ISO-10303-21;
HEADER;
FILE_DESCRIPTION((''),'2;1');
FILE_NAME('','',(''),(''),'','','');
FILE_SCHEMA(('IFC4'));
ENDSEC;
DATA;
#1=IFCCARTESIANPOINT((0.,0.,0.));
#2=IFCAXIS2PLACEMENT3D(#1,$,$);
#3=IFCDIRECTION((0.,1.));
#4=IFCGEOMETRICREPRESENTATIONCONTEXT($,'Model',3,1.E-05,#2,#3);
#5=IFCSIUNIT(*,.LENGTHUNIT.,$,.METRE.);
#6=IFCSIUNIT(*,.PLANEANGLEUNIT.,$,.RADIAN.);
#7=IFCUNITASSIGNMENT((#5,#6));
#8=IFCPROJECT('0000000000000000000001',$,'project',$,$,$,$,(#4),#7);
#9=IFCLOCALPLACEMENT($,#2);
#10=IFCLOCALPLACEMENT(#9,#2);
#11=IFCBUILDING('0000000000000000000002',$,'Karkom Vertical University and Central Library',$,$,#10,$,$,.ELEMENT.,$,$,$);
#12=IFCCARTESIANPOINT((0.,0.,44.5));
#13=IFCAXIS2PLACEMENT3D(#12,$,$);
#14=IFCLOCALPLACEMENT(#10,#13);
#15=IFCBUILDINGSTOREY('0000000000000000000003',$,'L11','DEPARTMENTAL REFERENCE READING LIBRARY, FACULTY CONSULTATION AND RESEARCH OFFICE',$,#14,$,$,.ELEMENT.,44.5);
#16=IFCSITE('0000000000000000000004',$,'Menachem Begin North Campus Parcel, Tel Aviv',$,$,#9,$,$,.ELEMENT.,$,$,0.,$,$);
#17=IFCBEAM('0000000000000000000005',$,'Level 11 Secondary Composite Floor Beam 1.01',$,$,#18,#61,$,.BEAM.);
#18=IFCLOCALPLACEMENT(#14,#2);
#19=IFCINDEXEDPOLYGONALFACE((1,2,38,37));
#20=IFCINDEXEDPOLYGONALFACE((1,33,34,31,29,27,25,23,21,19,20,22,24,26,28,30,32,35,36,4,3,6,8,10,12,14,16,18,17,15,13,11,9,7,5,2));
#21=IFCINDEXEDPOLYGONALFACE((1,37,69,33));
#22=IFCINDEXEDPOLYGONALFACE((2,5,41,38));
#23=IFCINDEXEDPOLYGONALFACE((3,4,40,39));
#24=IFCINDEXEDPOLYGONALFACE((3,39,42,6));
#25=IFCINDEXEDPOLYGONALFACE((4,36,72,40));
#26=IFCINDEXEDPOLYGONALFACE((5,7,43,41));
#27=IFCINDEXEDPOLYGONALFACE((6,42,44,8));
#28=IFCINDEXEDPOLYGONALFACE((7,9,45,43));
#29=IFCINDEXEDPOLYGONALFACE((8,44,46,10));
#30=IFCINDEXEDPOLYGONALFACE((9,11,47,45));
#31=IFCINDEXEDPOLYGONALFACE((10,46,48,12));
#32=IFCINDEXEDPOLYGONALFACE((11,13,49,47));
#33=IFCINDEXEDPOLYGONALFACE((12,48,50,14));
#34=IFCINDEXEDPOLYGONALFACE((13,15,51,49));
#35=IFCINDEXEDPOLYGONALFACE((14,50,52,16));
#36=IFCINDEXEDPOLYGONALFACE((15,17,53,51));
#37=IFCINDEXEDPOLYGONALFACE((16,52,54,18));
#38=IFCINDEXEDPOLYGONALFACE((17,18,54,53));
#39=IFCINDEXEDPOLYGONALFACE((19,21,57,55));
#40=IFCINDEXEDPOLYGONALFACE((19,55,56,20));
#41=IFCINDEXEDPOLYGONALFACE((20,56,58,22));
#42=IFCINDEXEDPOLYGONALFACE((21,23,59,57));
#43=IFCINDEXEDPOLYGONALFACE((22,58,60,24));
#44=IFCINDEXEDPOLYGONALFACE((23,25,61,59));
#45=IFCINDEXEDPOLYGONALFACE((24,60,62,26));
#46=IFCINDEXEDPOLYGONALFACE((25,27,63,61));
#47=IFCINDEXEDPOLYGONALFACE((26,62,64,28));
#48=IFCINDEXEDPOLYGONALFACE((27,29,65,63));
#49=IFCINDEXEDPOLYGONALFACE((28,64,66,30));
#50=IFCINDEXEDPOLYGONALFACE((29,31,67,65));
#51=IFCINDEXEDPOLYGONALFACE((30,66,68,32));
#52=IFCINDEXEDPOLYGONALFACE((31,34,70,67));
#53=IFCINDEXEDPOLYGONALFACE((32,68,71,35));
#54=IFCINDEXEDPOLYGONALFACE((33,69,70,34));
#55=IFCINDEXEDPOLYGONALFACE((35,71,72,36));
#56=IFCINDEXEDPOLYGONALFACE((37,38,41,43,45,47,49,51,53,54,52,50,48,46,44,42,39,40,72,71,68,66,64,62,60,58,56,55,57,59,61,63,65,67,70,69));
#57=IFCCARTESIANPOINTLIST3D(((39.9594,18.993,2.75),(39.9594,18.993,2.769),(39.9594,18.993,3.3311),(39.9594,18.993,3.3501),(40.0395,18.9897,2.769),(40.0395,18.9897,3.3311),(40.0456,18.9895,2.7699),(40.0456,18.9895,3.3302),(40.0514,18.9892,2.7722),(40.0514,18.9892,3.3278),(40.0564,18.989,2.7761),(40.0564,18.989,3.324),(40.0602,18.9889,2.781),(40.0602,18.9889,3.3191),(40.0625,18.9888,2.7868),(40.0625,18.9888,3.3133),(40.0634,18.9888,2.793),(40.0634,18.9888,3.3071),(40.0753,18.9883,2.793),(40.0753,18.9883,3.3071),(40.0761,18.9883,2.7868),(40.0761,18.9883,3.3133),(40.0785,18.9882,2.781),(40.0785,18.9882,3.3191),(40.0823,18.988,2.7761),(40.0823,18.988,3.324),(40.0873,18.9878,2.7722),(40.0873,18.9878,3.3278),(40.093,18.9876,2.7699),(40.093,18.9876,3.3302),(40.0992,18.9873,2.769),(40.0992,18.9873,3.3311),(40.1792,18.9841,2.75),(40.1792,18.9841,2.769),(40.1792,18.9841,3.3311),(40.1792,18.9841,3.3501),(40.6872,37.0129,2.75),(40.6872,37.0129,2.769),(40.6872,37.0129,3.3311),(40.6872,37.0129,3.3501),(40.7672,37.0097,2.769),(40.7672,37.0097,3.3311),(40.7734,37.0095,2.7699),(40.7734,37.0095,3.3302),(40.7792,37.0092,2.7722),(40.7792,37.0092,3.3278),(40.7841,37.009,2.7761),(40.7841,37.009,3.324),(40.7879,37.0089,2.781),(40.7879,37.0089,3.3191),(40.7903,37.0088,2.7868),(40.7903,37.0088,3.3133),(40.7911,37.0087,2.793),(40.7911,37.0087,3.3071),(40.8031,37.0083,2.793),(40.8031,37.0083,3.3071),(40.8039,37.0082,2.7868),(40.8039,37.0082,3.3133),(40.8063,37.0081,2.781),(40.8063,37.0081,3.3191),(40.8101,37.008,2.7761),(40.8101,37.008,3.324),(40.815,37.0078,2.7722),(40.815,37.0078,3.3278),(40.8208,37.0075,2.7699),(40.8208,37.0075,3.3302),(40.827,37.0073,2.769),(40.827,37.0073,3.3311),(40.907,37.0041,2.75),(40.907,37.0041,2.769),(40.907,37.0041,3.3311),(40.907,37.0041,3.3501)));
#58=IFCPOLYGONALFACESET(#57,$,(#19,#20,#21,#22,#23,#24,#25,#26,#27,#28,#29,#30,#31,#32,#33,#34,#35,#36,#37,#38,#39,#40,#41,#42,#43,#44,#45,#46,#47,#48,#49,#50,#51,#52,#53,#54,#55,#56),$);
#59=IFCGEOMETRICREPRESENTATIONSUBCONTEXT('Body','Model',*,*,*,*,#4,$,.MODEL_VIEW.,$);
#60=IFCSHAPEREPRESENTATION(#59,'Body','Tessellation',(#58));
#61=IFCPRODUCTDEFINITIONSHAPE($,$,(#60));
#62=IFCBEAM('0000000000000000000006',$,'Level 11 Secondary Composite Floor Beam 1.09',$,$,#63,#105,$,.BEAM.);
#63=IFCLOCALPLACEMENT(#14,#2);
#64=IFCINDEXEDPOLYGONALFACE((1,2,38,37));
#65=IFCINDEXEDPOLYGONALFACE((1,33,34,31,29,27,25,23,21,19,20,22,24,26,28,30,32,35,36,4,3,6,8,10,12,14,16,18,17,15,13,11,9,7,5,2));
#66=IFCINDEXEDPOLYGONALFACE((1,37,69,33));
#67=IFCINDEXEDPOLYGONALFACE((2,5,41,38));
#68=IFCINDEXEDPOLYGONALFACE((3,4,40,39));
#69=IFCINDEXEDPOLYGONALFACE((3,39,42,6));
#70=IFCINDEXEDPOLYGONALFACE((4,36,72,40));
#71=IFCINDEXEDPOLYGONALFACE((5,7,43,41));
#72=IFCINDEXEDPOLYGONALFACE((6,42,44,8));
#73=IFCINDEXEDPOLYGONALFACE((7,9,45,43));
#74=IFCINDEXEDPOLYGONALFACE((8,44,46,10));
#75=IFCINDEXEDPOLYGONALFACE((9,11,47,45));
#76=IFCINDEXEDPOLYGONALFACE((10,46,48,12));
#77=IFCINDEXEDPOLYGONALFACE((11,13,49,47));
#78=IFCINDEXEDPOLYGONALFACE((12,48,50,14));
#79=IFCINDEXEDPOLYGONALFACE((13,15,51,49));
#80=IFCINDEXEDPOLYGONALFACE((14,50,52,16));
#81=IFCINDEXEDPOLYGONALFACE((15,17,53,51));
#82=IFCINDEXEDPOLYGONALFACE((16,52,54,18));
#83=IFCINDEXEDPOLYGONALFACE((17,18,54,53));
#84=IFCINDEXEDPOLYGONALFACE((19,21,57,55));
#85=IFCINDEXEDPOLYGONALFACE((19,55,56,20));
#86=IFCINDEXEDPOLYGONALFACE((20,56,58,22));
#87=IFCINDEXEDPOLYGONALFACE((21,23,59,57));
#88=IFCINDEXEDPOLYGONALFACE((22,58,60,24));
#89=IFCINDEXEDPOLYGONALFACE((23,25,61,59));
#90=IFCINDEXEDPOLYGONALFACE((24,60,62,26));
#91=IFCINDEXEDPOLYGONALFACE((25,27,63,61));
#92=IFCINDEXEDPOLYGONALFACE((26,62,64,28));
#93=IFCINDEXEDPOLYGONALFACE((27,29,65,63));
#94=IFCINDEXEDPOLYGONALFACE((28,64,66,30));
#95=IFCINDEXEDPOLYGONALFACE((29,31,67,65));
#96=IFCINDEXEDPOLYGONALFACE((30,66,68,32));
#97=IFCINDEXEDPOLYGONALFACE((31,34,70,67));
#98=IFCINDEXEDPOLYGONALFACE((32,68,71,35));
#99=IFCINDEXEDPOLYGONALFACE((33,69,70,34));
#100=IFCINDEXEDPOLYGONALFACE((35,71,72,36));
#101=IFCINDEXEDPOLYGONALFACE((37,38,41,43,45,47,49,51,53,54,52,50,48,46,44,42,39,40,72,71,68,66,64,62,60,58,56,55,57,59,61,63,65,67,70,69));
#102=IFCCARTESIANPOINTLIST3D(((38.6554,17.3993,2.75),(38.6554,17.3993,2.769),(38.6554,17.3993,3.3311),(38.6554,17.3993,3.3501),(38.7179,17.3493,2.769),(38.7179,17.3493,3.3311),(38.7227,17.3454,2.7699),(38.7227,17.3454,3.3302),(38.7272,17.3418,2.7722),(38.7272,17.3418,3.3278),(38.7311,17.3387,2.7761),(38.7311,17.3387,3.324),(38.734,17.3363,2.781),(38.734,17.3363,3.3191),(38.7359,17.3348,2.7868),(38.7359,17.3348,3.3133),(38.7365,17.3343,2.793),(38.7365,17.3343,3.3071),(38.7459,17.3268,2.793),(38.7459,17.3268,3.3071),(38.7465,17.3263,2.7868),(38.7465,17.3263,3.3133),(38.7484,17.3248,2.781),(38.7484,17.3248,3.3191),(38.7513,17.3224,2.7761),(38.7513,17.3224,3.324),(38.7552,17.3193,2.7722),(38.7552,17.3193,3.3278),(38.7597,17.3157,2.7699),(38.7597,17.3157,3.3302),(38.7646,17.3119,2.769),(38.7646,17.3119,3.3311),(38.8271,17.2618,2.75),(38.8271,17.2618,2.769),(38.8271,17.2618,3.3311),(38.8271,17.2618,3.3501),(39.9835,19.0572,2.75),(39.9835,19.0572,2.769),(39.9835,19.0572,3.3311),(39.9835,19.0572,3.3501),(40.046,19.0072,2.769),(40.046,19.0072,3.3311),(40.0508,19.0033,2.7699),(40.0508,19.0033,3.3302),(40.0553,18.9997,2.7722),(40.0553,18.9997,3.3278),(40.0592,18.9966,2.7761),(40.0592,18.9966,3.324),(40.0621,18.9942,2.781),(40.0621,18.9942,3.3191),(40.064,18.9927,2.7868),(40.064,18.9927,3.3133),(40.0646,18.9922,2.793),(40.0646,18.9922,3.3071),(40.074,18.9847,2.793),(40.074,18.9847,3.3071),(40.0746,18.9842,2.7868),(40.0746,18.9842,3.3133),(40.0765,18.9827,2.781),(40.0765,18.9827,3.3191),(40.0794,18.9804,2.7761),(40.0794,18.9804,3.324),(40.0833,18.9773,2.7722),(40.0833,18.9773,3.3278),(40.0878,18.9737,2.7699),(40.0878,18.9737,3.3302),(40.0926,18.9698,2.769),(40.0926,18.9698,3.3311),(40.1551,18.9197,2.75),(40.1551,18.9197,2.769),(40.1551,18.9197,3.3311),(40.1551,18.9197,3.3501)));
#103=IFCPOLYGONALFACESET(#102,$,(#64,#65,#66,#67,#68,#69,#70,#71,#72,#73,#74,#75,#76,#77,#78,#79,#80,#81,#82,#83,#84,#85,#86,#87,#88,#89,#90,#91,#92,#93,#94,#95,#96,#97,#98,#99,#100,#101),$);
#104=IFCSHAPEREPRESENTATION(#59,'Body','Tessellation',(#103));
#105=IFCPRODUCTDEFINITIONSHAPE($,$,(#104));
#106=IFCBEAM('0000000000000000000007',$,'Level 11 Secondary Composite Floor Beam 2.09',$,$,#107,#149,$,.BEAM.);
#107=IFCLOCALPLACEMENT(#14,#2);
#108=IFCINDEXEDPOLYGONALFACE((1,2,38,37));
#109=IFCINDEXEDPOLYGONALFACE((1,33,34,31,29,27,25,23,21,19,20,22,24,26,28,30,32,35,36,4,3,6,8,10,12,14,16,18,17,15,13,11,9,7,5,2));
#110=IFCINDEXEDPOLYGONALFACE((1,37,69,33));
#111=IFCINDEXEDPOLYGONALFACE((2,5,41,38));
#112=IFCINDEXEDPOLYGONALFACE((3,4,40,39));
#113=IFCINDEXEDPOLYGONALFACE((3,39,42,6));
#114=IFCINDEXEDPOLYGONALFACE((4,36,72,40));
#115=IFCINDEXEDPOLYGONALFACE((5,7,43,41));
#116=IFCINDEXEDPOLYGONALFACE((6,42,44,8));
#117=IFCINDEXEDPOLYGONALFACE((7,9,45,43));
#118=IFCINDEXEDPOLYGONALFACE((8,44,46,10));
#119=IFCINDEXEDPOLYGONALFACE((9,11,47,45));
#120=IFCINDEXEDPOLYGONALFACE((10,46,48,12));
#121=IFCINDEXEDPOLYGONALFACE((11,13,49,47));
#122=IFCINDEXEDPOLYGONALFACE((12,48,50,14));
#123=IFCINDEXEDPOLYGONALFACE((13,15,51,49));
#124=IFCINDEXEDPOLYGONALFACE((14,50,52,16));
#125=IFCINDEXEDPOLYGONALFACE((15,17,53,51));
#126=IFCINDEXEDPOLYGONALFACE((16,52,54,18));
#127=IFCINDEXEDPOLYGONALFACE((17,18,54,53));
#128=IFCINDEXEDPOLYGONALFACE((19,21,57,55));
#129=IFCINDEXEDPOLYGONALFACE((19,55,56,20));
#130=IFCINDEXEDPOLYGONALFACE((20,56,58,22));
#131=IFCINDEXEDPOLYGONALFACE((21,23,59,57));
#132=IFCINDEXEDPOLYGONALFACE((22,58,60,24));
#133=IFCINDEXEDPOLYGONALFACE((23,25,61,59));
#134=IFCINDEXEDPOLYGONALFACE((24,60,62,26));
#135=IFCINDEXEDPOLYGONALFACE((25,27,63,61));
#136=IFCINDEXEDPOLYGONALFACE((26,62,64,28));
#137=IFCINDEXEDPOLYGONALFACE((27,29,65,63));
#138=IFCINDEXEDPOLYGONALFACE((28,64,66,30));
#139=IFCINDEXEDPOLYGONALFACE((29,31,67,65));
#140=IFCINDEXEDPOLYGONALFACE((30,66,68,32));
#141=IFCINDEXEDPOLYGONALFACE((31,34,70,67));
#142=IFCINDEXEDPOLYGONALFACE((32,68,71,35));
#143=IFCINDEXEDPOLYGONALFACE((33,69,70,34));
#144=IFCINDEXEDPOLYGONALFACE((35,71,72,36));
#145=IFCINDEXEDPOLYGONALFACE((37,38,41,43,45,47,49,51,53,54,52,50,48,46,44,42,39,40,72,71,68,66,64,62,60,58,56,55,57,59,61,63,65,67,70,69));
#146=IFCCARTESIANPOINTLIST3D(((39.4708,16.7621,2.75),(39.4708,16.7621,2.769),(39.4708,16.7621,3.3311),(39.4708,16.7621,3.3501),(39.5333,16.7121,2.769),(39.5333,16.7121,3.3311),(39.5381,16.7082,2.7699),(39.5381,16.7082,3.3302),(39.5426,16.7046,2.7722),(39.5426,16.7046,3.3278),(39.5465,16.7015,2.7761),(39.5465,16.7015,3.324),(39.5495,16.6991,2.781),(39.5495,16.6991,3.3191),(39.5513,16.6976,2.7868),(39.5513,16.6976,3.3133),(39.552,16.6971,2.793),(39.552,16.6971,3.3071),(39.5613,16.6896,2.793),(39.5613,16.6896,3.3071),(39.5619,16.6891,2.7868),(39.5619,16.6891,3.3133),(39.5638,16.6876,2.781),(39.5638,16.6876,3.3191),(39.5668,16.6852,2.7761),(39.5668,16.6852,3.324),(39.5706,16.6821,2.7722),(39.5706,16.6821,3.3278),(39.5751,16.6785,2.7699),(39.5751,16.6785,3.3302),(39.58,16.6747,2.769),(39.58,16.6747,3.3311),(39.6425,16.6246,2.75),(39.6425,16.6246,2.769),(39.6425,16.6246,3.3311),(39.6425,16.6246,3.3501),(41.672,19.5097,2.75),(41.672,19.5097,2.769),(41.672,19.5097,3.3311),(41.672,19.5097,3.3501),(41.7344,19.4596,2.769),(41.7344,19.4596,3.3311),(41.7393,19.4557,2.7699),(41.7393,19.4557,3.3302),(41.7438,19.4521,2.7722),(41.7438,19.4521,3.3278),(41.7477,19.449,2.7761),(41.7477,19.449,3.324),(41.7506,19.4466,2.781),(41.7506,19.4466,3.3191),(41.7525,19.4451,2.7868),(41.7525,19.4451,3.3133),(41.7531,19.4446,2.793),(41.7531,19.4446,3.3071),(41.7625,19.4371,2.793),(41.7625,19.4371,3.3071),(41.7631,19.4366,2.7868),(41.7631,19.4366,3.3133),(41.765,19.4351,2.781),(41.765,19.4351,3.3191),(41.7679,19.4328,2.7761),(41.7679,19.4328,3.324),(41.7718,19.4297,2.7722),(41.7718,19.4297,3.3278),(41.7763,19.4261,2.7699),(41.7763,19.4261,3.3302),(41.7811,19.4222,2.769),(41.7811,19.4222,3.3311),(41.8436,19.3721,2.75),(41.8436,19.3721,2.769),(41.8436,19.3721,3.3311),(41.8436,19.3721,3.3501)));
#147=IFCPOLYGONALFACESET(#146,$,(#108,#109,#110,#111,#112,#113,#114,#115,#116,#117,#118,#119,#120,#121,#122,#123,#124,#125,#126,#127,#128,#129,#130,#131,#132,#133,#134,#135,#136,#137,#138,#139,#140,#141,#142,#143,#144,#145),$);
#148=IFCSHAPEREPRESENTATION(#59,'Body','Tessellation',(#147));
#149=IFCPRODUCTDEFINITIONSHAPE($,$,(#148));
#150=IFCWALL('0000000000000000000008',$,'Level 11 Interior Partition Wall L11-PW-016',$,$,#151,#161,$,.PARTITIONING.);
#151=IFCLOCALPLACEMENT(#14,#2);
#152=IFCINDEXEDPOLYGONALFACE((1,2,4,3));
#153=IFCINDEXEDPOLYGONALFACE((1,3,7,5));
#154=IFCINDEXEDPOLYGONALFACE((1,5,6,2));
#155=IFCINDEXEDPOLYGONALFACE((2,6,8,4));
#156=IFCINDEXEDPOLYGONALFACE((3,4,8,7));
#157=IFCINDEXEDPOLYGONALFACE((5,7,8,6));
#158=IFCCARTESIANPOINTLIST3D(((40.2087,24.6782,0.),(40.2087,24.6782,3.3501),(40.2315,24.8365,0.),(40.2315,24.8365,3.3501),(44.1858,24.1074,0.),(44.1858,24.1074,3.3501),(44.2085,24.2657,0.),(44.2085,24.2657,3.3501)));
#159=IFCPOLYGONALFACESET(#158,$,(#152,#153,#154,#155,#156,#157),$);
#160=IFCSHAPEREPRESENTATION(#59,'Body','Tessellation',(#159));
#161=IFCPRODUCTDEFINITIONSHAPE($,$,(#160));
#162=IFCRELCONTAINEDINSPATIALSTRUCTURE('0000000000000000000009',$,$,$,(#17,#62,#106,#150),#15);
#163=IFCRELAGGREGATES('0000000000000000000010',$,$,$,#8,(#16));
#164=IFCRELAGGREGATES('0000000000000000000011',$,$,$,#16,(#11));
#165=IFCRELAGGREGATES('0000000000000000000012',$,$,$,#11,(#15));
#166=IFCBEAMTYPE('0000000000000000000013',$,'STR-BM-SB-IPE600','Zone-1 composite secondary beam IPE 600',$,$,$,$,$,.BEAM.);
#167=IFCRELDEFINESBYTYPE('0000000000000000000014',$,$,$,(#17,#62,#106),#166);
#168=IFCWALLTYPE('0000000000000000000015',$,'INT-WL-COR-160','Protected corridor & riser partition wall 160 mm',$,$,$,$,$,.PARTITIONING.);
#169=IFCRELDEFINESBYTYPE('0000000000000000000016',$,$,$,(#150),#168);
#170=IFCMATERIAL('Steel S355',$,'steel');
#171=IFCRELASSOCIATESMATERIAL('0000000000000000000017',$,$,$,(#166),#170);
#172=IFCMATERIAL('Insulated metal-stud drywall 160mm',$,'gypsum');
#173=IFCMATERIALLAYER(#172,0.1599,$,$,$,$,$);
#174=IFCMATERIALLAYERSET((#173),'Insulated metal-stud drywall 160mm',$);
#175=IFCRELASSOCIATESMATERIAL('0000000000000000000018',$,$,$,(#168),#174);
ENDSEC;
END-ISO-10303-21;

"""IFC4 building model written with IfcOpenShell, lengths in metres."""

from ifc_helpers import new_model, si_unit, direction, frame, frame_2d, origin, origin_with_axes, origin_2d, place, context, subcontext, project, spatial, rectangle, i_section, extrude, source, transform, mapped, material, layer, layer_set, material_profile, profile_set, type_object, element, save


model = new_model("IFC4")

# Units and contexts
model_context = context("Model", 3, precision=1e-05, world=origin(), true_north=direction((0.0, 1.0)))
body_context = subcontext(model_context, "Body", "Model", "MODEL_VIEW")
ifc_project = project(units=[si_unit("LENGTHUNIT", "METRE"), si_unit("PLANEANGLEUNIT", "RADIAN")], contexts=[model_context])

# Site, building, storey
site_placement = place(None, origin())
site = spatial("IfcSite", under=ifc_project, at=site_placement, Name="Menachem Begin North Campus Parcel, Tel Aviv", CompositionType="ELEMENT", RefElevation=0.0)
building_placement = place(site_placement, origin())
building = spatial("IfcBuilding", under=site, at=building_placement, Name="Karkom Vertical University and Central Library", CompositionType="ELEMENT")
storey_placement = place(building_placement, frame((0.0, 0.0, 44.5)))
storey = spatial("IfcBuildingStorey", under=building, at=storey_placement, Name="L11", Description="DEPARTMENTAL REFERENCE READING LIBRARY, FACULTY CONSULTATION AND RESEARCH OFFICE", CompositionType="ELEMENT", Elevation=44.5)

# Beams
ifc_material_1 = material(Name="Steel S355", Category="steel")
ifc_material_profile_1 = material_profile(ifc_material_1, i_section(OverallWidth=0.22, OverallDepth=0.6001, WebThickness=0.012, FlangeThickness=0.019, FilletRadius=0.0239, at=origin_2d()), Name="IPE 600")
ifc_profile_set_1 = profile_set([ifc_material_profile_1], Name="Steel S355")
beam_type_1 = type_object("IfcBeamType", Name="STR-BM-SB-IPE600", Description="Zone-1 composite secondary beam IPE 600", PredefinedType="BEAM", material=ifc_profile_set_1)
shared_shape_1 = source(origin_with_axes(), body_context, "Body", "SweptSolid", [
    extrude(i_section(OverallWidth=0.22, OverallDepth=0.6001, WebThickness=0.012, FlangeThickness=0.019, FilletRadius=0.0239, at=origin_2d()), origin(), (0.0, 0.0, 1.0), 18.0347),
])
beam_1_placement = place(storey_placement, frame((40.0693, 18.9885, 3.05), z_axis=(0.040355, 0.999185, 0.0), x_axis=(-0.999185, 0.040355, 0.0)))
element("IfcBeam", 1, at=beam_1_placement, inside=storey, type_object=beam_type_1, Name="Level 11 Secondary Composite Floor Beam 1.01", PredefinedType="BEAM", context=body_context, shape_type="MappedRepresentation", body=[
    mapped(shared_shape_1, transform((0.0, 0.0, 0.0), scale=1.0)),
])
shared_shape_2 = source(origin_with_axes(), body_context, "Body", "SweptSolid", [
    extrude(i_section(OverallWidth=0.22, OverallDepth=0.6001, WebThickness=0.012, FlangeThickness=0.019, FilletRadius=0.0239, at=origin_2d()), origin(), (0.0, 0.0, 1.0), 2.1243),
])
beam_2_placement = place(storey_placement, frame((38.7412, 17.3306, 3.05), z_axis=(0.625199, 0.780465, 0.0), x_axis=(-0.780465, 0.625199, 0.0)))
element("IfcBeam", 2, at=beam_2_placement, inside=storey, type_object=beam_type_1, Name="Level 11 Secondary Composite Floor Beam 1.09", PredefinedType="BEAM", context=body_context, shape_type="MappedRepresentation", body=[
    mapped(shared_shape_2, transform((0.0, 0.0, 0.0), scale=1.0)),
])
shared_shape_3 = source(origin_with_axes(), body_context, "Body", "SweptSolid", [
    extrude(i_section(OverallWidth=0.22, OverallDepth=0.6001, WebThickness=0.012, FlangeThickness=0.019, FilletRadius=0.0239, at=origin_2d()), origin(), (0.0, 0.0, 1.0), 3.5205),
])
beam_3_placement = place(storey_placement, frame((39.5566, 16.6934, 3.05), z_axis=(0.625236, 0.780436, 0.0), x_axis=(-0.780436, 0.625236, 0.0)))
element("IfcBeam", 3, at=beam_3_placement, inside=storey, type_object=beam_type_1, Name="Level 11 Secondary Composite Floor Beam 2.09", PredefinedType="BEAM", context=body_context, shape_type="MappedRepresentation", body=[
    mapped(shared_shape_3, transform((0.0, 0.0, 0.0), scale=1.0)),
])

# Wall
ifc_material_2 = material(Name="Insulated metal-stud drywall 160mm", Category="gypsum")
ifc_layer_1 = layer(ifc_material_2, 0.1599)
ifc_layer_set_1 = layer_set([ifc_layer_1], Name="Insulated metal-stud drywall 160mm")
wall_type_1 = type_object("IfcWallType", Name="INT-WL-COR-160", Description="Protected corridor & riser partition wall 160 mm", PredefinedType="PARTITIONING", material=ifc_layer_set_1)
wall_1_placement = place(storey_placement, frame((40.2202, 24.7573, 0.0), z_axis=(0.0, 0.0, 1.0), x_axis=(0.989857, -0.142068, 0.0)))
element("IfcWall", 4, at=wall_1_placement, inside=storey, type_object=wall_type_1, Name="Level 11 Interior Partition Wall L11-PW-016", PredefinedType="PARTITIONING", context=body_context, shape_type="SweptSolid", body=[
    extrude(rectangle(XDim=4.0178, YDim=0.1599, at=frame_2d((2.0088, 0.0))), origin(), (0.0, 0.0, 1.0), 3.3501),
])

save(model, "model.ifc")
